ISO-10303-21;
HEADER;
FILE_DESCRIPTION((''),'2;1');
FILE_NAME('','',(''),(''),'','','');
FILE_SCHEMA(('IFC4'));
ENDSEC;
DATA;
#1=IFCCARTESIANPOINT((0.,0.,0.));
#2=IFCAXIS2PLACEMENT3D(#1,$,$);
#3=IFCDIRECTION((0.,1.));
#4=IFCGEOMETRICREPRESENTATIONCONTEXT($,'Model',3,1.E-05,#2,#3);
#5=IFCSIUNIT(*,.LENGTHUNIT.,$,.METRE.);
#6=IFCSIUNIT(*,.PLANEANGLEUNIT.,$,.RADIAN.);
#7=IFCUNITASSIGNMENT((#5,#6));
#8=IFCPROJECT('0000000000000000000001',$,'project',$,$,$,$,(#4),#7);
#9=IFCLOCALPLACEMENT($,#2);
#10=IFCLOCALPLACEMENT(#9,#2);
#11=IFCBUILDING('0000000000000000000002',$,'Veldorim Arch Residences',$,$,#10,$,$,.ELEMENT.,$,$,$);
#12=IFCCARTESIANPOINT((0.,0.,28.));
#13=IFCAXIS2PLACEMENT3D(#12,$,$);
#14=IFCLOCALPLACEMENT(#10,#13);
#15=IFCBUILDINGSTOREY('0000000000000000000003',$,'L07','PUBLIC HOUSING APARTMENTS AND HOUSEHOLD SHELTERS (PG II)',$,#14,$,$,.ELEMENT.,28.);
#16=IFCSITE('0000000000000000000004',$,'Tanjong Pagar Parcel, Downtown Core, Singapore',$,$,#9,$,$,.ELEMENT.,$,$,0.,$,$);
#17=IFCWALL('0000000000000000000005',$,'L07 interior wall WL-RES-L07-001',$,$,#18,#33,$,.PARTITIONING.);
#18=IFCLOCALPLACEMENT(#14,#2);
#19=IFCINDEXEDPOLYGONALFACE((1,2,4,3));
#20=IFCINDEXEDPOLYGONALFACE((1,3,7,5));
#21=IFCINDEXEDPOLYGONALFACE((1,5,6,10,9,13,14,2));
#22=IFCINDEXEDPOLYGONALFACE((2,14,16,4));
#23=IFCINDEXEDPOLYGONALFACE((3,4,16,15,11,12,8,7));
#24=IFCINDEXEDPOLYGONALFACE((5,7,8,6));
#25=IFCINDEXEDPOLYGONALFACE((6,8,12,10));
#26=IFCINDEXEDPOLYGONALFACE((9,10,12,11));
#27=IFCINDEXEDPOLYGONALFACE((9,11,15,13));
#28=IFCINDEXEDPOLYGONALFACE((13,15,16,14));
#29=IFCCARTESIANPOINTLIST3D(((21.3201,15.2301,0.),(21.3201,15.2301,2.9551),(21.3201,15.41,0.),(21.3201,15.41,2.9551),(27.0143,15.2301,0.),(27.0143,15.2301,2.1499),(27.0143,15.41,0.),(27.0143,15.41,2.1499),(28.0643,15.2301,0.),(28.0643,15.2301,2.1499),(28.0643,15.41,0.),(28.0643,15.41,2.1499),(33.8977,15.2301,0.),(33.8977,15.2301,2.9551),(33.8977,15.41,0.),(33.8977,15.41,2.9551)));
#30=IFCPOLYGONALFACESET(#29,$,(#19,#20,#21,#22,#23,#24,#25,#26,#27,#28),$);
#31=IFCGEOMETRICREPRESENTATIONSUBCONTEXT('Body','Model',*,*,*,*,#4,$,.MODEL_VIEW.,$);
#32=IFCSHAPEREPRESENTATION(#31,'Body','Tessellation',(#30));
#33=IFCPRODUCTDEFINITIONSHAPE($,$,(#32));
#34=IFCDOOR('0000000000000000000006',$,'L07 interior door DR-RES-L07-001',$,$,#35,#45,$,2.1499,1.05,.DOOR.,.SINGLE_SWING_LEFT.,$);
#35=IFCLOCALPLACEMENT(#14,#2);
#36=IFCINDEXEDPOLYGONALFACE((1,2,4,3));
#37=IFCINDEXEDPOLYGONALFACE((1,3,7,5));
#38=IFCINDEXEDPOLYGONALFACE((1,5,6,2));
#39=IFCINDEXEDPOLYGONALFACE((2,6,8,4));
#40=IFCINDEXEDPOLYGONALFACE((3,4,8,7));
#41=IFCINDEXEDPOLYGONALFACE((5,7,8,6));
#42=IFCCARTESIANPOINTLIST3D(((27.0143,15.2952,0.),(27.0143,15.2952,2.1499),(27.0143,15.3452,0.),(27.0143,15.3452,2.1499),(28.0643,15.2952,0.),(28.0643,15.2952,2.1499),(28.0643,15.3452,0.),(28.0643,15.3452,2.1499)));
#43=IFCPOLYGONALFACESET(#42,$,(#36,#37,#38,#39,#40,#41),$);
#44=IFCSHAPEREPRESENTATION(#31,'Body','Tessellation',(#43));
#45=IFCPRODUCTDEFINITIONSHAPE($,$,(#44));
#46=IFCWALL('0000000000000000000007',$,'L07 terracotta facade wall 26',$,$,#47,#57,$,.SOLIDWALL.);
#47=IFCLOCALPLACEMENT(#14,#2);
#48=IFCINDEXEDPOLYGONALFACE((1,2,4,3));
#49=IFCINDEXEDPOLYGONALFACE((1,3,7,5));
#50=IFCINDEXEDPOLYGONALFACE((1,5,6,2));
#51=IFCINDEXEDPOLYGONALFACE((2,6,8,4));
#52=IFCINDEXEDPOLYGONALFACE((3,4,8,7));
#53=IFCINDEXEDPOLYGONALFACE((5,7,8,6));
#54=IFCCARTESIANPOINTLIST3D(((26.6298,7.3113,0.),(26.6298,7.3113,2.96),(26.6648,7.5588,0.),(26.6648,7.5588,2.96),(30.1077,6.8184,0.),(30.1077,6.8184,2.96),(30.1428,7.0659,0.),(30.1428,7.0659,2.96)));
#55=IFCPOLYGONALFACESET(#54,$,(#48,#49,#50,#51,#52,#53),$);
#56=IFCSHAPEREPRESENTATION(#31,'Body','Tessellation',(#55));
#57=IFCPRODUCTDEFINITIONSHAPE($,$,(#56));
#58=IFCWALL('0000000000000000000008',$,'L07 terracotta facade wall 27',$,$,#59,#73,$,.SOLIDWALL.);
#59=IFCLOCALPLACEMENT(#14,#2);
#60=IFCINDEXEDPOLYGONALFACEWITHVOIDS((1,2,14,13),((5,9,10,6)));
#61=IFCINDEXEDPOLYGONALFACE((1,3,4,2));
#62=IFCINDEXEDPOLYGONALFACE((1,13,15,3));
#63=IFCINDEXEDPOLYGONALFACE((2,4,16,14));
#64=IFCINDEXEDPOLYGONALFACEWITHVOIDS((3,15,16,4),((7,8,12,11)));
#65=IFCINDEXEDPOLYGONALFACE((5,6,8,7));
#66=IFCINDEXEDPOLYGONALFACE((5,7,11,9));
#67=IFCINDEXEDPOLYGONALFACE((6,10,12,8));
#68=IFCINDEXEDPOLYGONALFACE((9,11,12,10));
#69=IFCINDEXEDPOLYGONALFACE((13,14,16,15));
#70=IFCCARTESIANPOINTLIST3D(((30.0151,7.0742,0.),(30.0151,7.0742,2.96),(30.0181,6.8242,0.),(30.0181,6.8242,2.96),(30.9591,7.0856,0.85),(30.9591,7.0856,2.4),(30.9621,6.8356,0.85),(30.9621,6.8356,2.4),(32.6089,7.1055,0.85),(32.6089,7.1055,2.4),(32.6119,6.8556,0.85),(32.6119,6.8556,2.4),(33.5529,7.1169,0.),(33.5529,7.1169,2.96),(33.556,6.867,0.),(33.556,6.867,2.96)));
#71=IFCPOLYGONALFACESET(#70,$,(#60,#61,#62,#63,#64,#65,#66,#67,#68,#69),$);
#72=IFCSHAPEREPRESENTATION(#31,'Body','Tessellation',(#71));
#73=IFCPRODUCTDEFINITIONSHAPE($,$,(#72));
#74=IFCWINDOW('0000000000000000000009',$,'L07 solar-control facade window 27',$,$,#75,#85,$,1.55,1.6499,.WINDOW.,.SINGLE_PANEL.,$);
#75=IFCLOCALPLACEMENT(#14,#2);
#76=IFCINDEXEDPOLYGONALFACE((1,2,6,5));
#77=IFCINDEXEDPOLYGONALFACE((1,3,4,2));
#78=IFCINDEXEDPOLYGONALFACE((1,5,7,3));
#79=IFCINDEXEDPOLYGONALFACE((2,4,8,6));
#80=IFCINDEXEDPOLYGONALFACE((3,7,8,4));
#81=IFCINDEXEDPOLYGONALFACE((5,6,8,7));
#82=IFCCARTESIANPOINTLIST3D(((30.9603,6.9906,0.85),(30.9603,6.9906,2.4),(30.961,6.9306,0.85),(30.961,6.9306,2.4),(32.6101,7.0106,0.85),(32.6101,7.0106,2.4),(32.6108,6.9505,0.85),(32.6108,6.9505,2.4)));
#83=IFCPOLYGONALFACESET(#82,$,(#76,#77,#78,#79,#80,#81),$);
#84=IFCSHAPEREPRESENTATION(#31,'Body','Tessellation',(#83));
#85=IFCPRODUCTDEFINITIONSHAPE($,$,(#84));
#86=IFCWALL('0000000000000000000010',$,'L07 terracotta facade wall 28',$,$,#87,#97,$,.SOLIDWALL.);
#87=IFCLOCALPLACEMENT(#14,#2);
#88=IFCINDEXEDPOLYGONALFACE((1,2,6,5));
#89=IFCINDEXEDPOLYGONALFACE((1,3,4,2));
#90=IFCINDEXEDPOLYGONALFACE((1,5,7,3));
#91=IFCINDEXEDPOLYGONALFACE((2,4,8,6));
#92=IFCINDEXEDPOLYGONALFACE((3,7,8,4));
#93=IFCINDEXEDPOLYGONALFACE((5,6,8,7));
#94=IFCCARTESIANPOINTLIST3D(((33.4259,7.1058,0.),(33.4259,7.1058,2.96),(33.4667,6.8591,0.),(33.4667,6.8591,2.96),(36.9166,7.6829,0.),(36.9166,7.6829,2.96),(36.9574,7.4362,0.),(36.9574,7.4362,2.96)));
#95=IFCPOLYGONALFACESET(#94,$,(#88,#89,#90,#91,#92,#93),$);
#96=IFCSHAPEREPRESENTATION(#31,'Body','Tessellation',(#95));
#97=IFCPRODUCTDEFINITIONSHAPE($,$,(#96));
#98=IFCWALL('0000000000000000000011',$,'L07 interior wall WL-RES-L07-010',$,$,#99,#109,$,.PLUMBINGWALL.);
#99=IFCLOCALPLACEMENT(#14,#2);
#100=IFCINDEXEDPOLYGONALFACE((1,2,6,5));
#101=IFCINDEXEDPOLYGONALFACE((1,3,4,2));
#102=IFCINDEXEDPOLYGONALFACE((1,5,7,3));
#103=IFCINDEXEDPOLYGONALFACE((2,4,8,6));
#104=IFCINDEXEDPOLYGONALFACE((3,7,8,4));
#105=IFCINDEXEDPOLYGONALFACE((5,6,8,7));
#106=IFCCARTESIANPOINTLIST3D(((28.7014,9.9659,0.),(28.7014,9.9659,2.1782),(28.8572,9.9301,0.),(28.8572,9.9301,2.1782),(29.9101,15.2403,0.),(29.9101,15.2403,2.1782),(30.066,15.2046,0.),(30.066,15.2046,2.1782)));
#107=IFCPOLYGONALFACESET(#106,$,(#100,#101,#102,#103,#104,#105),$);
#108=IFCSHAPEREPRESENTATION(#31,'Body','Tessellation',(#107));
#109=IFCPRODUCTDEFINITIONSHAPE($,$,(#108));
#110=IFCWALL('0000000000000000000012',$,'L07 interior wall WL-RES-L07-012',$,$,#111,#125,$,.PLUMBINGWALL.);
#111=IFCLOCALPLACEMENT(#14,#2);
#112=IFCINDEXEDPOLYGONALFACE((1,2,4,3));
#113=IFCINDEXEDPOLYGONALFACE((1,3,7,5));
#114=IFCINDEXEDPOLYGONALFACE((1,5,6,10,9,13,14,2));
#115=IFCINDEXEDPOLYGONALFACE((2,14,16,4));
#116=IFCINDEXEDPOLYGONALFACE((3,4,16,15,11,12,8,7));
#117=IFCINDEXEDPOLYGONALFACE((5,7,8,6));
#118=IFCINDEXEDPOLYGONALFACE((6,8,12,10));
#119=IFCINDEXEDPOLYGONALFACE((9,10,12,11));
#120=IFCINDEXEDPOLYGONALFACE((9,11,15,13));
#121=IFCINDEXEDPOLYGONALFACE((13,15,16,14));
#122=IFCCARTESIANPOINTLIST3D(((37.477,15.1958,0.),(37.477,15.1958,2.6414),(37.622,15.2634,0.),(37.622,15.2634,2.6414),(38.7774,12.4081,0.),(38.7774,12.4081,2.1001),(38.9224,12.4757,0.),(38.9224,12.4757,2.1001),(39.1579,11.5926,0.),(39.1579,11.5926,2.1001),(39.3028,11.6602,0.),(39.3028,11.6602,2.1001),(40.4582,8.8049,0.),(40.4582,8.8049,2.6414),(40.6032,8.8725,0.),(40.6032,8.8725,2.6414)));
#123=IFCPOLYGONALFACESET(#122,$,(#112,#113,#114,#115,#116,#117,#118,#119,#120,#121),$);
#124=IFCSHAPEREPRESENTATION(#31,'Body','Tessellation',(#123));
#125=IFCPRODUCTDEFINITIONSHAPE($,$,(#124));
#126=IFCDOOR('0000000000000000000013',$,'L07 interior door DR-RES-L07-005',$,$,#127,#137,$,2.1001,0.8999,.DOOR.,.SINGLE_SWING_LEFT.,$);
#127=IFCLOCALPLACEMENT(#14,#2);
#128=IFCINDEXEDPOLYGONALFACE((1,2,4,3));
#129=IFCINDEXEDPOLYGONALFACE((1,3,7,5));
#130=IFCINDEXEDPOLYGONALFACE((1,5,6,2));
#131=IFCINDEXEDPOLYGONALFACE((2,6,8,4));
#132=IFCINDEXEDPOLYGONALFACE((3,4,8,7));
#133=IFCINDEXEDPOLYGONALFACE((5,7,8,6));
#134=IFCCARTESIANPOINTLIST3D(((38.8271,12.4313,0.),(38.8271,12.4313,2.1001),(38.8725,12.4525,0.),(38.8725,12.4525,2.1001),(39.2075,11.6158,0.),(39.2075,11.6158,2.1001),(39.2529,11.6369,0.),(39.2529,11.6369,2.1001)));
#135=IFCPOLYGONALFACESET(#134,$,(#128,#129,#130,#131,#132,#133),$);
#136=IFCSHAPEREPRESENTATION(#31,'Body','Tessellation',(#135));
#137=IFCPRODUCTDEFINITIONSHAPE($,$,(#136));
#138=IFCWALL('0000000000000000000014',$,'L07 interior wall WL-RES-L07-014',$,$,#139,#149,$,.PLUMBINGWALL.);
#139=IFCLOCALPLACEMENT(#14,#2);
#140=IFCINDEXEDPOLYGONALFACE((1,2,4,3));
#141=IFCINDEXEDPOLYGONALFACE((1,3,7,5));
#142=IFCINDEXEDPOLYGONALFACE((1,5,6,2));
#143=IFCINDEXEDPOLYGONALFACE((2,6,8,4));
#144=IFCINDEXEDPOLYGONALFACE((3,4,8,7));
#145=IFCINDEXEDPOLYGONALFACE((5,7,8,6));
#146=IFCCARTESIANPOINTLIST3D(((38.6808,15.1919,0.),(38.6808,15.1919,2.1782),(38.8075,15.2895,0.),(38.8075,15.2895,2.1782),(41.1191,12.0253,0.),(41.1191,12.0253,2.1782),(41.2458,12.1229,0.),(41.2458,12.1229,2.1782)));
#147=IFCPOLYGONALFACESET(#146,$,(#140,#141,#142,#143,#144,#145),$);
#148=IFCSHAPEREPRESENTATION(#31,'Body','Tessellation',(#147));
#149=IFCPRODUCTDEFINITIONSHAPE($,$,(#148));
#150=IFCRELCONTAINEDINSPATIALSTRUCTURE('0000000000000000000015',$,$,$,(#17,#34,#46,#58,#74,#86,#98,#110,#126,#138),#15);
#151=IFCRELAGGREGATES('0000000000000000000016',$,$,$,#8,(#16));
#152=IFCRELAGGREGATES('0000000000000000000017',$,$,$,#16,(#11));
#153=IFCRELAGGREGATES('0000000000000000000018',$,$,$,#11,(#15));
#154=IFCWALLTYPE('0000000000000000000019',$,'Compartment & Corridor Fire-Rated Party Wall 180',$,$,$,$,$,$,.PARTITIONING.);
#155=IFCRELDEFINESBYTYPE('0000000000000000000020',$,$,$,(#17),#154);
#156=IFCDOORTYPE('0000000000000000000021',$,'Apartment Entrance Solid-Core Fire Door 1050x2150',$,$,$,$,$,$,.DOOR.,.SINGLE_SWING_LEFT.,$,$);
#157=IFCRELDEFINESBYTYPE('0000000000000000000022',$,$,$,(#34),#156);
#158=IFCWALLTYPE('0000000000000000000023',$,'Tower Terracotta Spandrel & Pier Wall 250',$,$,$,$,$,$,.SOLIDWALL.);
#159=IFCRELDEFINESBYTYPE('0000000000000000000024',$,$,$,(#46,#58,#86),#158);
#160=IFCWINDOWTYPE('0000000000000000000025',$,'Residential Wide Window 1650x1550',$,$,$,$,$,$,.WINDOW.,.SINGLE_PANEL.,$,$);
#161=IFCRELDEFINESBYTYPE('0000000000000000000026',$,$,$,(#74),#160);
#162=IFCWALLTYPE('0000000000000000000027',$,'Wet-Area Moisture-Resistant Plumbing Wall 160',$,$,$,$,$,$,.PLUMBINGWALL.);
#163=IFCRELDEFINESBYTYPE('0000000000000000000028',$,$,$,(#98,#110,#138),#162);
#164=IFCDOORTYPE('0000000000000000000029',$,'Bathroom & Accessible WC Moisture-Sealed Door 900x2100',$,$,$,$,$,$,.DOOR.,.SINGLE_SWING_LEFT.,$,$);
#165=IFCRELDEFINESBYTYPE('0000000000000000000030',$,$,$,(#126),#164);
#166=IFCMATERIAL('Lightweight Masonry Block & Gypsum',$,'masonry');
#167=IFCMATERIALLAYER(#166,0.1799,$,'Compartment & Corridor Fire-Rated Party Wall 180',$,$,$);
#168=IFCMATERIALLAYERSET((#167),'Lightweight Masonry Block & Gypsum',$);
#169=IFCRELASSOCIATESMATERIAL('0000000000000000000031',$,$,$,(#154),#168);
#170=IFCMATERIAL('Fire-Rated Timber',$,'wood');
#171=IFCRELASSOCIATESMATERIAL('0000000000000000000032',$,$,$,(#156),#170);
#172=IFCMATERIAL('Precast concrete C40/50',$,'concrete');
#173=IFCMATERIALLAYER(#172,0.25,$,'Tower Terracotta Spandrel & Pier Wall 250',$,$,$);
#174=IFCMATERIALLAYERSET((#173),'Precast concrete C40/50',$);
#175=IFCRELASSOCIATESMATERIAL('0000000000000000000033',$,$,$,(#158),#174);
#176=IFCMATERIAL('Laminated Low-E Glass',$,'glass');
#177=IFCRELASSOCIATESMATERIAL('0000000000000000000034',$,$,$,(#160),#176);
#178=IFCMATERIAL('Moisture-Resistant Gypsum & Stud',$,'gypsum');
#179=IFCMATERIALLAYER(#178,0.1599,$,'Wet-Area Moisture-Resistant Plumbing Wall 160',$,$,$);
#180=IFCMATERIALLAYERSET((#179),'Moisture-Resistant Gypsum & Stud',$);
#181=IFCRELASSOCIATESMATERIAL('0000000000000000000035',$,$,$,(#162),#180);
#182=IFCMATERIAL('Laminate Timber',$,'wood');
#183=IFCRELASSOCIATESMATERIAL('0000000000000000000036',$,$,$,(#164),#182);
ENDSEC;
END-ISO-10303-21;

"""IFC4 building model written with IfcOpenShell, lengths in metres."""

from ifc_helpers import new_model, si_unit, direction, frame, frame_2d, origin, place, context, subcontext, project, spatial, rectangle, extrude, material, layer, layer_set, type_object, element, fill, save


model = new_model("IFC4")

# Units and contexts
model_context = context("Model", 3, precision=1e-05, world=origin(), true_north=direction((0.0, 1.0)))
body_context = subcontext(model_context, "Body", "Model", "MODEL_VIEW")
ifc_project = project(units=[si_unit("LENGTHUNIT", "METRE"), si_unit("PLANEANGLEUNIT", "RADIAN")], contexts=[model_context])

# Site, building, storey
site_placement = place(None, origin())
site = spatial("IfcSite", under=ifc_project, at=site_placement, Name="Tanjong Pagar Parcel, Downtown Core, Singapore", CompositionType="ELEMENT", RefElevation=0.0)
building_placement = place(site_placement, origin())
building = spatial("IfcBuilding", under=site, at=building_placement, Name="Veldorim Arch Residences", CompositionType="ELEMENT")
storey_placement = place(building_placement, frame((0.0, 0.0, 28.0)))
storey = spatial("IfcBuildingStorey", under=building, at=storey_placement, Name="L07", Description="PUBLIC HOUSING APARTMENTS AND HOUSEHOLD SHELTERS (PG II)", CompositionType="ELEMENT", Elevation=28.0)

# Shared definitions
ifc_material_1 = material(Name="Lightweight Masonry Block & Gypsum", Category="masonry")
ifc_layer_1 = layer(ifc_material_1, 0.1799, Name="Compartment & Corridor Fire-Rated Party Wall 180")
ifc_layer_set_1 = layer_set([ifc_layer_1], Name="Lightweight Masonry Block & Gypsum")
wall_type_1 = type_object("IfcWallType", Name="Compartment & Corridor Fire-Rated Party Wall 180", PredefinedType="PARTITIONING", material=ifc_layer_set_1)

# Wall, opening, door
wall_1_placement = place(storey_placement, frame((33.8977, 15.3201, 0.0), z_axis=(0.0, 0.0, 1.0), x_axis=(-1.0, 0.0, 0.0)))
wall_1 = element("IfcWall", 1, at=wall_1_placement, inside=storey, type_object=wall_type_1, Name="L07 interior wall WL-RES-L07-001", PredefinedType="PARTITIONING", context=body_context, shape_type="SweptSolid", body=[
    extrude(rectangle(XDim=12.5776, YDim=0.1799, at=frame_2d((6.2888, 0.0))), origin(), (0.0, 0.0, 1.0), 2.9551),
])
opening_1_placement = place(wall_1_placement, frame((5.8335, 0.0, 0.0)))
opening_1 = element("IfcOpeningElement", 2, at=opening_1_placement, cuts=wall_1, PredefinedType="OPENING", context=body_context, shape_type="SweptSolid", body=[
    extrude(rectangle(XDim=1.05, YDim=2.1499, at=frame_2d((0.5249, 1.075))), frame((0.0, 0.0999, 0.0), z_axis=(0.0, -1.0, 0.0), x_axis=(1.0, 0.0, 0.0)), (0.0, 0.0, 1.0), 0.2),
])
ifc_material_2 = material(Name="Fire-Rated Timber", Category="wood")
door_type_1 = type_object("IfcDoorType", Name="Apartment Entrance Solid-Core Fire Door 1050x2150", OperationType="SINGLE_SWING_LEFT", PredefinedType="DOOR", material=ifc_material_2)
door_1_placement = place(opening_1_placement, origin())
door_1 = element("IfcDoor", 3, at=door_1_placement, inside=storey, type_object=door_type_1, Name="L07 interior door DR-RES-L07-001", OperationType="SINGLE_SWING_LEFT", OverallHeight=2.1499, OverallWidth=1.05, PredefinedType="DOOR", context=body_context, shape_type="SweptSolid", body=[
    extrude(rectangle(XDim=1.05, YDim=2.1499, at=frame_2d((0.5249, 1.075))), frame((0.0, 0.0249, 0.0), z_axis=(0.0, -1.0, 0.0), x_axis=(1.0, 0.0, 0.0)), (0.0, 0.0, 1.0), 0.05),
])
fill(opening_1, door_1)

# Wall
ifc_material_3 = material(Name="Precast concrete C40/50", Category="concrete")
ifc_layer_2 = layer(ifc_material_3, 0.25, Name="Tower Terracotta Spandrel & Pier Wall 250")
ifc_layer_set_2 = layer_set([ifc_layer_2], Name="Precast concrete C40/50")
wall_type_2 = type_object("IfcWallType", Name="Tower Terracotta Spandrel & Pier Wall 250", PredefinedType="SOLIDWALL", material=ifc_layer_set_2)
wall_2_placement = place(storey_placement, frame((30.1252, 6.9421, 0.0), z_axis=(0.0, 0.0, 1.0), x_axis=(-0.990106, 0.140322, 0.0)))
element("IfcWall", 4, at=wall_2_placement, inside=storey, type_object=wall_type_2, Name="L07 terracotta facade wall 26", PredefinedType="SOLIDWALL", context=body_context, shape_type="SweptSolid", body=[
    extrude(rectangle(XDim=3.5127, YDim=0.25, at=frame_2d((1.7563, 0.0))), origin(), (0.0, 0.0, 1.0), 2.96),
])

# Wall, opening, window
wall_3_placement = place(storey_placement, frame((33.5544, 6.9919, 0.0), z_axis=(0.0, 0.0, 1.0), x_axis=(-0.999927, -0.012076, 0.0)))
wall_3 = element("IfcWall", 5, at=wall_3_placement, inside=storey, type_object=wall_type_2, Name="L07 terracotta facade wall 27", PredefinedType="SOLIDWALL", context=body_context, shape_type="SweptSolid", body=[
    extrude(rectangle(XDim=3.5381, YDim=0.25, at=frame_2d((1.769, 0.0))), origin(), (0.0, 0.0, 1.0), 2.96),
])
opening_2_placement = place(wall_3_placement, frame((0.9441, 0.0, 0.8501)))
opening_2 = element("IfcOpeningElement", 6, at=opening_2_placement, cuts=wall_3, PredefinedType="OPENING", context=body_context, shape_type="SweptSolid", body=[
    extrude(rectangle(XDim=1.6499, YDim=1.55, at=frame_2d((0.825, 0.7749))), frame((0.0, 0.135, 0.0), z_axis=(0.0, -1.0, 0.0), x_axis=(1.0, 0.0, 0.0)), (0.0, 0.0, 1.0), 0.27),
])
ifc_material_4 = material(Name="Laminated Low-E Glass", Category="glass")
window_type = type_object("IfcWindowType", Name="Residential Wide Window 1650x1550", PartitioningType="SINGLE_PANEL", PredefinedType="WINDOW", material=ifc_material_4)
window_placement = place(opening_2_placement, origin())
window = element("IfcWindow", 7, at=window_placement, inside=storey, type_object=window_type, Name="L07 solar-control facade window 27", OverallHeight=1.55, OverallWidth=1.6499, PartitioningType="SINGLE_PANEL", PredefinedType="WINDOW", context=body_context, shape_type="SweptSolid", body=[
    extrude(rectangle(XDim=1.6499, YDim=1.55, at=frame_2d((0.825, 0.7749))), frame((0.0, 0.03, 0.0), z_axis=(0.0, -1.0, 0.0), x_axis=(1.0, 0.0, 0.0)), (0.0, 0.0, 1.0), 0.0601),
])
fill(opening_2, window)

# Walls
wall_4_placement = place(storey_placement, frame((36.937, 7.5596, 0.0), z_axis=(0.0, 0.0, 1.0), x_axis=(-0.986606, -0.163123, 0.0)))
element("IfcWall", 8, at=wall_4_placement, inside=storey, type_object=wall_type_2, Name="L07 terracotta facade wall 28", PredefinedType="SOLIDWALL", context=body_context, shape_type="SweptSolid", body=[
    extrude(rectangle(XDim=3.5381, YDim=0.25, at=frame_2d((1.769, 0.0))), origin(), (0.0, 0.0, 1.0), 2.96),
])
ifc_material_5 = material(Name="Moisture-Resistant Gypsum & Stud", Category="gypsum")
ifc_layer_3 = layer(ifc_material_5, 0.1599, Name="Wet-Area Moisture-Resistant Plumbing Wall 160")
ifc_layer_set_3 = layer_set([ifc_layer_3], Name="Moisture-Resistant Gypsum & Stud")
wall_type_3 = type_object("IfcWallType", Name="Wet-Area Moisture-Resistant Plumbing Wall 160", PredefinedType="PLUMBINGWALL", material=ifc_layer_set_3)
wall_5_placement = place(storey_placement, frame((29.988, 15.2224, 0.0), z_axis=(0.0, 0.0, 1.0), x_axis=(-0.22338, -0.974731, 0.0)))
element("IfcWall", 9, at=wall_5_placement, inside=storey, type_object=wall_type_3, Name="L07 interior wall WL-RES-L07-010", PredefinedType="PLUMBINGWALL", context=body_context, shape_type="SweptSolid", body=[
    extrude(rectangle(XDim=5.4111, YDim=0.1599, at=frame_2d((2.7056, 0.0))), origin(), (0.0, 0.0, 1.0), 2.1782),
])

# Wall, opening, door
wall_6_placement = place(storey_placement, frame((37.5496, 15.2295, 0.0), z_axis=(0.0, 0.0, 1.0), x_axis=(0.422745, -0.906249, 0.0)))
wall_6 = element("IfcWall", 10, at=wall_6_placement, inside=storey, type_object=wall_type_3, Name="L07 interior wall WL-RES-L07-012", PredefinedType="PLUMBINGWALL", context=body_context, shape_type="SweptSolid", body=[
    extrude(rectangle(XDim=7.052, YDim=0.1599, at=frame_2d((3.5259, 0.0))), origin(), (0.0, 0.0, 1.0), 2.6414),
])
opening_3_placement = place(wall_6_placement, frame((3.0759, 0.0, 0.0)))
opening_3 = element("IfcOpeningElement", 11, at=opening_3_placement, cuts=wall_6, PredefinedType="OPENING", context=body_context, shape_type="SweptSolid", body=[
    extrude(rectangle(XDim=0.8999, YDim=2.1001, at=frame_2d((0.45, 1.05))), frame((0.0, 0.0898, 0.0), z_axis=(0.0, -1.0, 0.0), x_axis=(1.0, 0.0, 0.0)), (0.0, 0.0, 1.0), 0.1799),
])
ifc_material_6 = material(Name="Laminate Timber", Category="wood")
door_type_2 = type_object("IfcDoorType", Name="Bathroom & Accessible WC Moisture-Sealed Door 900x2100", OperationType="SINGLE_SWING_LEFT", PredefinedType="DOOR", material=ifc_material_6)
door_2_placement = place(opening_3_placement, origin())
door_2 = element("IfcDoor", 12, at=door_2_placement, inside=storey, type_object=door_type_2, Name="L07 interior door DR-RES-L07-005", OperationType="SINGLE_SWING_LEFT", OverallHeight=2.1001, OverallWidth=0.8999, PredefinedType="DOOR", context=body_context, shape_type="SweptSolid", body=[
    extrude(rectangle(XDim=0.8999, YDim=2.1001, at=frame_2d((0.45, 1.05))), frame((0.0, 0.0249, 0.0), z_axis=(0.0, -1.0, 0.0), x_axis=(1.0, 0.0, 0.0)), (0.0, 0.0, 1.0), 0.05),
])
fill(opening_3, door_2)

# Wall
wall_7_placement = place(storey_placement, frame((38.7441, 15.2407, 0.0), z_axis=(0.0, 0.0, 1.0), x_axis=(0.610097, -0.792326, 0.0)))
element("IfcWall", 13, at=wall_7_placement, inside=storey, type_object=wall_type_3, Name="L07 interior wall WL-RES-L07-014", PredefinedType="PLUMBINGWALL", context=body_context, shape_type="SweptSolid", body=[
    extrude(rectangle(XDim=3.9966, YDim=0.1599, at=frame_2d((1.9983, 0.0))), origin(), (0.0, 0.0, 1.0), 2.1782),
])

save(model, "model.ifc")
